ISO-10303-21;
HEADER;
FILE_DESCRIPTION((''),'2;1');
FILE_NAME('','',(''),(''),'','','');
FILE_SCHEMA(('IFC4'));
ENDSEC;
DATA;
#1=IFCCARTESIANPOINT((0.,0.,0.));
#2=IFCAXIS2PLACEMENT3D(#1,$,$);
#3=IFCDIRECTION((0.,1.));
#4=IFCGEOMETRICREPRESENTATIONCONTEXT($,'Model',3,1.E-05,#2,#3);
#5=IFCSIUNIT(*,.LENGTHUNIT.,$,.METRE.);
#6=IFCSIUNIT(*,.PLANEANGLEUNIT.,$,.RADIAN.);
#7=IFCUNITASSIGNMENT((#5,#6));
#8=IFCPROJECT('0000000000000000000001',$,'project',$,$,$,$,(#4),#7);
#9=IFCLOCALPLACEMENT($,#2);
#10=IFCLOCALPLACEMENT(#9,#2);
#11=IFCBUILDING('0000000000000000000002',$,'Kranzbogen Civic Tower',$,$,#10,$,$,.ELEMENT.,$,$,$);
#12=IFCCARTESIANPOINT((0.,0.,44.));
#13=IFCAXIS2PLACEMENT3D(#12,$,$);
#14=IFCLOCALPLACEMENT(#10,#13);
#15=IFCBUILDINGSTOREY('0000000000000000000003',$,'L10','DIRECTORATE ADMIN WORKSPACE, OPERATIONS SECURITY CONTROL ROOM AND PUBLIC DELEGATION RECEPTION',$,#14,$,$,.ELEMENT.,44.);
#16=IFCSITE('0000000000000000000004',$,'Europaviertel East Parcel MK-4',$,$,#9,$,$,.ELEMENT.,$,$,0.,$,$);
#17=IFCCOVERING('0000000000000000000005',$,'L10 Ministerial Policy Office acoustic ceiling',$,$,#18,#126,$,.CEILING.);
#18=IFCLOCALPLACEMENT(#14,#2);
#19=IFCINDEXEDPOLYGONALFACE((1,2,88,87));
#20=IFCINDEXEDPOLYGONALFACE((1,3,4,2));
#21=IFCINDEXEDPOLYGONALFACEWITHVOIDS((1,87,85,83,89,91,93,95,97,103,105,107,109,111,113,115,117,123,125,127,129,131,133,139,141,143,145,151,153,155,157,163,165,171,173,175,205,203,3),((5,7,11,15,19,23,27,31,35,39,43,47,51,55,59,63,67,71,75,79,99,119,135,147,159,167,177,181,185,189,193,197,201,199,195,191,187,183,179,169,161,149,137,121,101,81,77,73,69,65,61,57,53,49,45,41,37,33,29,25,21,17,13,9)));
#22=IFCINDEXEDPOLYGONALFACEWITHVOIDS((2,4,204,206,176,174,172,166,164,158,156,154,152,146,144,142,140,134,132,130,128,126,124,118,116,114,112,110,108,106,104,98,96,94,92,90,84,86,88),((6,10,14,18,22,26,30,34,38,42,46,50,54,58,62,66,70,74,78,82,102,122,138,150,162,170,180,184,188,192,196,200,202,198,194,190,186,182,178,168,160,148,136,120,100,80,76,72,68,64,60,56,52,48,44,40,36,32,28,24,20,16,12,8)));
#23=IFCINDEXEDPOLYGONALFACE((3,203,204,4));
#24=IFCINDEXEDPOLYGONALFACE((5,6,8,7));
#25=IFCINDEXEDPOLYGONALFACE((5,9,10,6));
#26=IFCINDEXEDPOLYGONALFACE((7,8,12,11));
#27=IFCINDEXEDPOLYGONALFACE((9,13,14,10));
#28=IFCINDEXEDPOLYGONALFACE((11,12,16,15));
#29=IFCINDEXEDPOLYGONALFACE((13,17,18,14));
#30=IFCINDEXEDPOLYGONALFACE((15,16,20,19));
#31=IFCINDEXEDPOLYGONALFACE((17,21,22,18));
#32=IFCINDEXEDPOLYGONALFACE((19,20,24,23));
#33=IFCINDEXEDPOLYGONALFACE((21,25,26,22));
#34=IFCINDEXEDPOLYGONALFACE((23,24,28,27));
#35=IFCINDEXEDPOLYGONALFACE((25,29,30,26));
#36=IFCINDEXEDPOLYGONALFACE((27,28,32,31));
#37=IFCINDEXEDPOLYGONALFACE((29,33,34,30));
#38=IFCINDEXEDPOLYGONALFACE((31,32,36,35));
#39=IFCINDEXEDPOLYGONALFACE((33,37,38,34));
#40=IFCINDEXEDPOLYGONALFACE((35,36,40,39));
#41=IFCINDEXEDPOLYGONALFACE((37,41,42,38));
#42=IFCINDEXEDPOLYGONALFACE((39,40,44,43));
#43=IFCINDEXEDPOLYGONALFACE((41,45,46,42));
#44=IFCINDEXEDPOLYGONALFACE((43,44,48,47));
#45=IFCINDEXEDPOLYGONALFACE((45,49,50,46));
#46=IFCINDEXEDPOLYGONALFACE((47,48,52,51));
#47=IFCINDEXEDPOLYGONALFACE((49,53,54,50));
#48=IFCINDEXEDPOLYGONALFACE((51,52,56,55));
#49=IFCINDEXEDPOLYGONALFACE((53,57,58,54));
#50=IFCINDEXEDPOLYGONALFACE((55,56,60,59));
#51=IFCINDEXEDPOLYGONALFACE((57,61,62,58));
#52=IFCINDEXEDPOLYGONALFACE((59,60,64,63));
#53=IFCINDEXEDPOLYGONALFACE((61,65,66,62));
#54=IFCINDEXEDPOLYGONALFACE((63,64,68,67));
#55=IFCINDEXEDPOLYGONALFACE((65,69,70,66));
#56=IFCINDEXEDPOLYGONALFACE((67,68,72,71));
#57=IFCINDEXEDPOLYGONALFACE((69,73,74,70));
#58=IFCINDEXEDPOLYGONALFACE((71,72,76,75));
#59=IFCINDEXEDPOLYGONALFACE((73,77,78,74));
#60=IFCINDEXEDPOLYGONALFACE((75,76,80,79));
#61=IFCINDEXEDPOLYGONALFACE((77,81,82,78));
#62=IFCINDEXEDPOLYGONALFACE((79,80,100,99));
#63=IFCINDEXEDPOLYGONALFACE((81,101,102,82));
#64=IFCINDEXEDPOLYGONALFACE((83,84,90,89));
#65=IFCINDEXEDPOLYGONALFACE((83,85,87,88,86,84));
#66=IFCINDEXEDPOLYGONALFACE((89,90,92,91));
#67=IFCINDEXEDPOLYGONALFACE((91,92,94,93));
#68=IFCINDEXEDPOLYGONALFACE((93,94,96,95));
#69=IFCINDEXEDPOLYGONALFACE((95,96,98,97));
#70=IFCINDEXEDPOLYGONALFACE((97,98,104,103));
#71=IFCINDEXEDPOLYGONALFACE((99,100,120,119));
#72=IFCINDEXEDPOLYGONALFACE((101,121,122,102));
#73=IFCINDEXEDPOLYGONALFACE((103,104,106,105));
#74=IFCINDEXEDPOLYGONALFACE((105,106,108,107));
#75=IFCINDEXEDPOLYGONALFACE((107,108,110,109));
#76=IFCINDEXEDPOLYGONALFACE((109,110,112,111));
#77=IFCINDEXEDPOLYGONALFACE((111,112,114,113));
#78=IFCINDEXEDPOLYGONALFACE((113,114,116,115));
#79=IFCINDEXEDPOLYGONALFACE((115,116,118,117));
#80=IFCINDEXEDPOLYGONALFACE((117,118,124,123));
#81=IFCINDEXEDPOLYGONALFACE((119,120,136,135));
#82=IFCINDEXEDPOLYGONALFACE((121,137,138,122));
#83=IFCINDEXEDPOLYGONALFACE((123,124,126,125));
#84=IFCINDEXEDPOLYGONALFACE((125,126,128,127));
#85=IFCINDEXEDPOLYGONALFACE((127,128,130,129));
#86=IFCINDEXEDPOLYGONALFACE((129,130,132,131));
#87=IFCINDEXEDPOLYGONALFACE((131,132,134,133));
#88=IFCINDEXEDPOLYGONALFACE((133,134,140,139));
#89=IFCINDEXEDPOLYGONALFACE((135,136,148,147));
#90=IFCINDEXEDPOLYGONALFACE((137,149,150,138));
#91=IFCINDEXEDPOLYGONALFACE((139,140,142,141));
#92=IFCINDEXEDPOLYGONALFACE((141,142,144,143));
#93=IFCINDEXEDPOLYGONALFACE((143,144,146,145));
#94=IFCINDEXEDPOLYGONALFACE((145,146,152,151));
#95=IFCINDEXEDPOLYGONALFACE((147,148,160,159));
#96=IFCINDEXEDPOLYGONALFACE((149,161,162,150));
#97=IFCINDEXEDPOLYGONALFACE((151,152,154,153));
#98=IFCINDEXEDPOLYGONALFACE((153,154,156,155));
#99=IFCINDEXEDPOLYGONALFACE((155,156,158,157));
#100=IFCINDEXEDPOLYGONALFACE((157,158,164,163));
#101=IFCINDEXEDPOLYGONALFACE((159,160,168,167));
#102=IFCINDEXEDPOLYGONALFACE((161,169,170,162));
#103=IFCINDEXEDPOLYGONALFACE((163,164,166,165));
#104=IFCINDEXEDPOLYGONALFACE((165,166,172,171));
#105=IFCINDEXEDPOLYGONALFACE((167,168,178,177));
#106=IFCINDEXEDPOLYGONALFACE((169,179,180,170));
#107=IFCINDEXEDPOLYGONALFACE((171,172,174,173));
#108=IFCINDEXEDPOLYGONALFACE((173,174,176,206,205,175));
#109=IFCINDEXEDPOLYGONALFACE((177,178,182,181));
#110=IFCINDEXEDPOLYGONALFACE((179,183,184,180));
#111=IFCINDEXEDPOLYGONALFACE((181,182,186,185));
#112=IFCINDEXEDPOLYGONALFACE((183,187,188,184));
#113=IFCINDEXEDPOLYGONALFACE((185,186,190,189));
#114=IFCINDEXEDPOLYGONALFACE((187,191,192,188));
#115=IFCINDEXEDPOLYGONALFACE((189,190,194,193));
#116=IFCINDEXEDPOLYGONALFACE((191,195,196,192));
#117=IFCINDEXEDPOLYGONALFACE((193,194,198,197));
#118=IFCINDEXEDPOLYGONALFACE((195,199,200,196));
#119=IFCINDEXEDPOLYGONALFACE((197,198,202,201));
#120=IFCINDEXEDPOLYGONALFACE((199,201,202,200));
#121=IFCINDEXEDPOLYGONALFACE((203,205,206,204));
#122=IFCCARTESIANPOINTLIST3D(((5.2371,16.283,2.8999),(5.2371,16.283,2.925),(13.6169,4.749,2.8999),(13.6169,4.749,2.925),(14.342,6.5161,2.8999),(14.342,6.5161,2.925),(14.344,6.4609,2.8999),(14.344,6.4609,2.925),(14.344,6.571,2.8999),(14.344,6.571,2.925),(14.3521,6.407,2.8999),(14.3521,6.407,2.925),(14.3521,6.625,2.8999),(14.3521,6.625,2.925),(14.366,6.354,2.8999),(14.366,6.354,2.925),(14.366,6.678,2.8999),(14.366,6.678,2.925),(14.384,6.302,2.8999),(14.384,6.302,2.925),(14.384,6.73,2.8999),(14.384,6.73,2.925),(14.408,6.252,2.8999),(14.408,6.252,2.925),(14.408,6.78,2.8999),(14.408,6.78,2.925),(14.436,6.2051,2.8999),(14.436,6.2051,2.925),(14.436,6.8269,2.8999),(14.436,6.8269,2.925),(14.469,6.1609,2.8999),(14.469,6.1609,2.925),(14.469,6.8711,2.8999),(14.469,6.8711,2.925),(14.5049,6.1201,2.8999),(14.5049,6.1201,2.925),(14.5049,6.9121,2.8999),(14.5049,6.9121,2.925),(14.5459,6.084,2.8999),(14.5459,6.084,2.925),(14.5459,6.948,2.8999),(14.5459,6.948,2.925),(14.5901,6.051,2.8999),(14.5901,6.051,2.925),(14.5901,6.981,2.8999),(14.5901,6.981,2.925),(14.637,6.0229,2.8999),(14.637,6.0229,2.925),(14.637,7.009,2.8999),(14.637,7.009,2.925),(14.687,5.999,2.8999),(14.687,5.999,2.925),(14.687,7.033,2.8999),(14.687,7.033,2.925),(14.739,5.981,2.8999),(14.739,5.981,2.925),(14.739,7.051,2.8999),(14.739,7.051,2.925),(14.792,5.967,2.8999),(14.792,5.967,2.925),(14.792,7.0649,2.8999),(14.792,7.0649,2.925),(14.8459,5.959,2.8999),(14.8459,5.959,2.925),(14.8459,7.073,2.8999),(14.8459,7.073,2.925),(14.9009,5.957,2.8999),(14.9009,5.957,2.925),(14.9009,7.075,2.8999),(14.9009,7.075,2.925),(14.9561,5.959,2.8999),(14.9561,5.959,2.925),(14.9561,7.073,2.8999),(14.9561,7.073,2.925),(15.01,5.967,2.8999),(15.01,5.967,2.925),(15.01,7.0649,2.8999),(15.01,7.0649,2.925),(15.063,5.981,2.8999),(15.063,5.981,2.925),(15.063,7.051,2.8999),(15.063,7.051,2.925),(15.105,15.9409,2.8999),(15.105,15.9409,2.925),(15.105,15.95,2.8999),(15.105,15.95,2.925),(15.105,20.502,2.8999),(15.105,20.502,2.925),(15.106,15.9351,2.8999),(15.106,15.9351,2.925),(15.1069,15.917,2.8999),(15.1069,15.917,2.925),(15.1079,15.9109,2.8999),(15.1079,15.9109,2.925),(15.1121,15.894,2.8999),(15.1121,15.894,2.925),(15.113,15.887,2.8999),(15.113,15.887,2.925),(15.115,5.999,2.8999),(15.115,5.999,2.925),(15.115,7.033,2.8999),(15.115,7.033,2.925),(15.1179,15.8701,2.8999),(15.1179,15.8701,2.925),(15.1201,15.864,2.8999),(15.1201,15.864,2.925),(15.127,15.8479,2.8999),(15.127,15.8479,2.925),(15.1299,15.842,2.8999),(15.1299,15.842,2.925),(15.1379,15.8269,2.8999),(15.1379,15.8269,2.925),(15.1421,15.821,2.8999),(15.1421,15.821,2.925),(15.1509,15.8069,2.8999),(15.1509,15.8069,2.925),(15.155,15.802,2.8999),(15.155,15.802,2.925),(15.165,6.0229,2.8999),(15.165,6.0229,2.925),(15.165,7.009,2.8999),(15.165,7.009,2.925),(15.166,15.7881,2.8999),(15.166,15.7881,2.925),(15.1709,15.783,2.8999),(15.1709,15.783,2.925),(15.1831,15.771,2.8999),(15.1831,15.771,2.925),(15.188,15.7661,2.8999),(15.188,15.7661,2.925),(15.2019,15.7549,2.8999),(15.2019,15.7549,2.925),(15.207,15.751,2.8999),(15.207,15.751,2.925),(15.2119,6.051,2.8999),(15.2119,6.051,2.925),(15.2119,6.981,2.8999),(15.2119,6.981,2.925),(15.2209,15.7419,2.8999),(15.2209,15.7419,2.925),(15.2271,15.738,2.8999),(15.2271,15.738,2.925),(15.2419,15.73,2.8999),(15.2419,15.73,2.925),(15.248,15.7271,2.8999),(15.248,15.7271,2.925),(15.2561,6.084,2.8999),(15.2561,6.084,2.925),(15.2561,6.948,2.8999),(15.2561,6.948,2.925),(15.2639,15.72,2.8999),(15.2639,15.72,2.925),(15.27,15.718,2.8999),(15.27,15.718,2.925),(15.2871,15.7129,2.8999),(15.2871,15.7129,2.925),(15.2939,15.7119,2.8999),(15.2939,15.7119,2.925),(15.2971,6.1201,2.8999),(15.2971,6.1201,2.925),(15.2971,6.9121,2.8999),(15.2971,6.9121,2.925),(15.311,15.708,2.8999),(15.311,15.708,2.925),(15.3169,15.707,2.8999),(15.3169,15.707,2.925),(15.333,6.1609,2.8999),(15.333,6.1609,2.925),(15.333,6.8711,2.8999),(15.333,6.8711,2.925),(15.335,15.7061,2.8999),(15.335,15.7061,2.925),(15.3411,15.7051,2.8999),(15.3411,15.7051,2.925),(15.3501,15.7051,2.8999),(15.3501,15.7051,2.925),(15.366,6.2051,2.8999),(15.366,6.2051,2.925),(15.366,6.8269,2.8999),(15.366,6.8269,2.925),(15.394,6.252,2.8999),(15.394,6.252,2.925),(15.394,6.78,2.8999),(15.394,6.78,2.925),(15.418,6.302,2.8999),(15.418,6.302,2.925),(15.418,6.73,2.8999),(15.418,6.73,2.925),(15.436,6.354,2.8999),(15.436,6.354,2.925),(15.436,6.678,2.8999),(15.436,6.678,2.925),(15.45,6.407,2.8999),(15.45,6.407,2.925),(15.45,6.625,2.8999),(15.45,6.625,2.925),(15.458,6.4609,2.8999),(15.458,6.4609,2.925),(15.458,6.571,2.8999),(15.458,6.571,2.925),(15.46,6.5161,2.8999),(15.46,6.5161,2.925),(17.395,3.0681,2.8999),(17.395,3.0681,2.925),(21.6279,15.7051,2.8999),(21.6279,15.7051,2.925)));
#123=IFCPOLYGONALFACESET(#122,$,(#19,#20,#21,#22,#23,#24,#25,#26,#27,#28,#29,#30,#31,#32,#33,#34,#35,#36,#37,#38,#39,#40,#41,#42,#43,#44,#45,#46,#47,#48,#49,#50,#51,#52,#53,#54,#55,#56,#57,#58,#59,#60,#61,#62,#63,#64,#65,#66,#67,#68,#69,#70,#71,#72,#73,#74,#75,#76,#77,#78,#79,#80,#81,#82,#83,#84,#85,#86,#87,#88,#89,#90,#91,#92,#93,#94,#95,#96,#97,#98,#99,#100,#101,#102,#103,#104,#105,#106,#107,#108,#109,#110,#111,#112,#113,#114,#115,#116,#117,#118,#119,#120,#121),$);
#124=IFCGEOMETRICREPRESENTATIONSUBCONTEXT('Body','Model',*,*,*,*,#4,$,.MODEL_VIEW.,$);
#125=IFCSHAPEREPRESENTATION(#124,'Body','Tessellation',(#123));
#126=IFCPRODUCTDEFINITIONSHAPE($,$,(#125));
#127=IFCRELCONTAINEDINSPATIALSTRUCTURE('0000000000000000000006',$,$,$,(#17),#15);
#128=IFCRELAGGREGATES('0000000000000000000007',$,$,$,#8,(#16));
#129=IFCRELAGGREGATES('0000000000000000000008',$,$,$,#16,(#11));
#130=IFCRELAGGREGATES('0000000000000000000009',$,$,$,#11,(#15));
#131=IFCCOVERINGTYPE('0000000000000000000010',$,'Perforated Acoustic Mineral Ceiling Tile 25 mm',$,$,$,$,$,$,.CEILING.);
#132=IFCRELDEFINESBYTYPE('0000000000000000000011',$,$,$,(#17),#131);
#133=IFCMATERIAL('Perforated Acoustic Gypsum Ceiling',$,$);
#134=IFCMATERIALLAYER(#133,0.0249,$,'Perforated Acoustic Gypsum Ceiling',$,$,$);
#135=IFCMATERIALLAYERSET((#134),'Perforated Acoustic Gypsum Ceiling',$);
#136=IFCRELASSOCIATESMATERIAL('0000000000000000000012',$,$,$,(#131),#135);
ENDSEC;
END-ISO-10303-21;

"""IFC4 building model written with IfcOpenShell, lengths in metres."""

from ifc_helpers import new_model, si_unit, direction, frame, origin, place, context, subcontext, project, spatial, polyline, outline, extrude, material, layer, layer_set, type_object, element, save


model = new_model("IFC4")

# Units and contexts
model_context = context("Model", 3, precision=1e-05, world=origin(), true_north=direction((0.0, 1.0)))
body_context = subcontext(model_context, "Body", "Model", "MODEL_VIEW")
ifc_project = project(units=[si_unit("LENGTHUNIT", "METRE"), si_unit("PLANEANGLEUNIT", "RADIAN")], contexts=[model_context])

# Site, building, storey
site_placement = place(None, origin())
site = spatial("IfcSite", under=ifc_project, at=site_placement, Name="Europaviertel East Parcel MK-4", CompositionType="ELEMENT", RefElevation=0.0)
building_placement = place(site_placement, origin())
building = spatial("IfcBuilding", under=site, at=building_placement, Name="Kranzbogen Civic Tower", CompositionType="ELEMENT")
storey_placement = place(building_placement, frame((0.0, 0.0, 44.0)))
storey = spatial("IfcBuildingStorey", under=building, at=storey_placement, Name="L10", Description="DIRECTORATE ADMIN WORKSPACE, OPERATIONS SECURITY CONTROL ROOM AND PUBLIC DELEGATION RECEPTION", CompositionType="ELEMENT", Elevation=44.0)

# Covering
ifc_material_1 = material(Name="Perforated Acoustic Gypsum Ceiling")
ifc_layer_1 = layer(ifc_material_1, 0.0249, Name="Perforated Acoustic Gypsum Ceiling")
ifc_layer_set_1 = layer_set([ifc_layer_1], Name="Perforated Acoustic Gypsum Ceiling")
covering_type = type_object("IfcCoveringType", Name="Perforated Acoustic Mineral Ceiling Tile 25 mm", PredefinedType="CEILING", material=ifc_layer_set_1)
covering_1_placement = place(storey_placement, frame((0.0, 0.0, 2.8999)))
element("IfcCovering", 1, at=covering_1_placement, inside=storey, type_object=covering_type, Name="L10 Ministerial Policy Office acoustic ceiling", PredefinedType="CEILING", context=body_context, shape_type="SweptSolid", body=[
    extrude(outline(polyline([(5.2371, 16.283), (15.105, 20.502), (15.105, 15.95), (15.105, 15.9409), (15.106, 15.9351), (15.1069, 15.917), (15.1079, 15.9109), (15.1121, 15.894), (15.113, 15.887), (15.1179, 15.8701), (15.1201, 15.864), (15.127, 15.8479), (15.1299, 15.842), (15.1379, 15.8269), (15.1421, 15.821), (15.1509, 15.8069), (15.155, 15.802), (15.166, 15.7881), (15.1709, 15.783), (15.1831, 15.771), (15.188, 15.7661), (15.2019, 15.7549), (15.207, 15.751), (15.2209, 15.7419), (15.2271, 15.738), (15.2419, 15.73), (15.248, 15.7271), (15.2639, 15.72), (15.27, 15.718), (15.2871, 15.7129), (15.2939, 15.7119), (15.311, 15.708), (15.3169, 15.707), (15.335, 15.7061), (15.3411, 15.7051), (15.3501, 15.7051), (21.6279, 15.7051), (17.395, 3.0681), (13.6169, 4.749), (5.2371, 16.283)]), holes=[polyline([(15.418, 6.302), (15.394, 6.252), (15.366, 6.2051), (15.333, 6.1609), (15.2971, 6.1201), (15.2561, 6.084), (15.2119, 6.051), (15.165, 6.0229), (15.115, 5.999), (15.063, 5.981), (15.01, 5.967), (14.9561, 5.959), (14.9009, 5.957), (14.8459, 5.959), (14.792, 5.967), (14.739, 5.981), (14.687, 5.999), (14.637, 6.0229), (14.5901, 6.051), (14.5459, 6.084), (14.5049, 6.1201), (14.469, 6.1609), (14.436, 6.2051), (14.408, 6.252), (14.384, 6.302), (14.366, 6.354), (14.3521, 6.407), (14.344, 6.4609), (14.342, 6.5161), (14.344, 6.571), (14.3521, 6.625), (14.366, 6.678), (14.384, 6.73), (14.408, 6.78), (14.436, 6.8269), (14.469, 6.8711), (14.5049, 6.9121), (14.5459, 6.948), (14.5901, 6.981), (14.637, 7.009), (14.687, 7.033), (14.739, 7.051), (14.792, 7.0649), (14.8459, 7.073), (14.9009, 7.075), (14.9561, 7.073), (15.01, 7.0649), (15.063, 7.051), (15.115, 7.033), (15.165, 7.009), (15.2119, 6.981), (15.2561, 6.948), (15.2971, 6.9121), (15.333, 6.8711), (15.366, 6.8269), (15.394, 6.78), (15.418, 6.73), (15.436, 6.678), (15.45, 6.625), (15.458, 6.571), (15.46, 6.5161), (15.458, 6.4609), (15.45, 6.407), (15.436, 6.354), (15.418, 6.302)])]), origin(), (0.0, 0.0, 1.0), 0.0251),
])

save(model, "model.ifc")
